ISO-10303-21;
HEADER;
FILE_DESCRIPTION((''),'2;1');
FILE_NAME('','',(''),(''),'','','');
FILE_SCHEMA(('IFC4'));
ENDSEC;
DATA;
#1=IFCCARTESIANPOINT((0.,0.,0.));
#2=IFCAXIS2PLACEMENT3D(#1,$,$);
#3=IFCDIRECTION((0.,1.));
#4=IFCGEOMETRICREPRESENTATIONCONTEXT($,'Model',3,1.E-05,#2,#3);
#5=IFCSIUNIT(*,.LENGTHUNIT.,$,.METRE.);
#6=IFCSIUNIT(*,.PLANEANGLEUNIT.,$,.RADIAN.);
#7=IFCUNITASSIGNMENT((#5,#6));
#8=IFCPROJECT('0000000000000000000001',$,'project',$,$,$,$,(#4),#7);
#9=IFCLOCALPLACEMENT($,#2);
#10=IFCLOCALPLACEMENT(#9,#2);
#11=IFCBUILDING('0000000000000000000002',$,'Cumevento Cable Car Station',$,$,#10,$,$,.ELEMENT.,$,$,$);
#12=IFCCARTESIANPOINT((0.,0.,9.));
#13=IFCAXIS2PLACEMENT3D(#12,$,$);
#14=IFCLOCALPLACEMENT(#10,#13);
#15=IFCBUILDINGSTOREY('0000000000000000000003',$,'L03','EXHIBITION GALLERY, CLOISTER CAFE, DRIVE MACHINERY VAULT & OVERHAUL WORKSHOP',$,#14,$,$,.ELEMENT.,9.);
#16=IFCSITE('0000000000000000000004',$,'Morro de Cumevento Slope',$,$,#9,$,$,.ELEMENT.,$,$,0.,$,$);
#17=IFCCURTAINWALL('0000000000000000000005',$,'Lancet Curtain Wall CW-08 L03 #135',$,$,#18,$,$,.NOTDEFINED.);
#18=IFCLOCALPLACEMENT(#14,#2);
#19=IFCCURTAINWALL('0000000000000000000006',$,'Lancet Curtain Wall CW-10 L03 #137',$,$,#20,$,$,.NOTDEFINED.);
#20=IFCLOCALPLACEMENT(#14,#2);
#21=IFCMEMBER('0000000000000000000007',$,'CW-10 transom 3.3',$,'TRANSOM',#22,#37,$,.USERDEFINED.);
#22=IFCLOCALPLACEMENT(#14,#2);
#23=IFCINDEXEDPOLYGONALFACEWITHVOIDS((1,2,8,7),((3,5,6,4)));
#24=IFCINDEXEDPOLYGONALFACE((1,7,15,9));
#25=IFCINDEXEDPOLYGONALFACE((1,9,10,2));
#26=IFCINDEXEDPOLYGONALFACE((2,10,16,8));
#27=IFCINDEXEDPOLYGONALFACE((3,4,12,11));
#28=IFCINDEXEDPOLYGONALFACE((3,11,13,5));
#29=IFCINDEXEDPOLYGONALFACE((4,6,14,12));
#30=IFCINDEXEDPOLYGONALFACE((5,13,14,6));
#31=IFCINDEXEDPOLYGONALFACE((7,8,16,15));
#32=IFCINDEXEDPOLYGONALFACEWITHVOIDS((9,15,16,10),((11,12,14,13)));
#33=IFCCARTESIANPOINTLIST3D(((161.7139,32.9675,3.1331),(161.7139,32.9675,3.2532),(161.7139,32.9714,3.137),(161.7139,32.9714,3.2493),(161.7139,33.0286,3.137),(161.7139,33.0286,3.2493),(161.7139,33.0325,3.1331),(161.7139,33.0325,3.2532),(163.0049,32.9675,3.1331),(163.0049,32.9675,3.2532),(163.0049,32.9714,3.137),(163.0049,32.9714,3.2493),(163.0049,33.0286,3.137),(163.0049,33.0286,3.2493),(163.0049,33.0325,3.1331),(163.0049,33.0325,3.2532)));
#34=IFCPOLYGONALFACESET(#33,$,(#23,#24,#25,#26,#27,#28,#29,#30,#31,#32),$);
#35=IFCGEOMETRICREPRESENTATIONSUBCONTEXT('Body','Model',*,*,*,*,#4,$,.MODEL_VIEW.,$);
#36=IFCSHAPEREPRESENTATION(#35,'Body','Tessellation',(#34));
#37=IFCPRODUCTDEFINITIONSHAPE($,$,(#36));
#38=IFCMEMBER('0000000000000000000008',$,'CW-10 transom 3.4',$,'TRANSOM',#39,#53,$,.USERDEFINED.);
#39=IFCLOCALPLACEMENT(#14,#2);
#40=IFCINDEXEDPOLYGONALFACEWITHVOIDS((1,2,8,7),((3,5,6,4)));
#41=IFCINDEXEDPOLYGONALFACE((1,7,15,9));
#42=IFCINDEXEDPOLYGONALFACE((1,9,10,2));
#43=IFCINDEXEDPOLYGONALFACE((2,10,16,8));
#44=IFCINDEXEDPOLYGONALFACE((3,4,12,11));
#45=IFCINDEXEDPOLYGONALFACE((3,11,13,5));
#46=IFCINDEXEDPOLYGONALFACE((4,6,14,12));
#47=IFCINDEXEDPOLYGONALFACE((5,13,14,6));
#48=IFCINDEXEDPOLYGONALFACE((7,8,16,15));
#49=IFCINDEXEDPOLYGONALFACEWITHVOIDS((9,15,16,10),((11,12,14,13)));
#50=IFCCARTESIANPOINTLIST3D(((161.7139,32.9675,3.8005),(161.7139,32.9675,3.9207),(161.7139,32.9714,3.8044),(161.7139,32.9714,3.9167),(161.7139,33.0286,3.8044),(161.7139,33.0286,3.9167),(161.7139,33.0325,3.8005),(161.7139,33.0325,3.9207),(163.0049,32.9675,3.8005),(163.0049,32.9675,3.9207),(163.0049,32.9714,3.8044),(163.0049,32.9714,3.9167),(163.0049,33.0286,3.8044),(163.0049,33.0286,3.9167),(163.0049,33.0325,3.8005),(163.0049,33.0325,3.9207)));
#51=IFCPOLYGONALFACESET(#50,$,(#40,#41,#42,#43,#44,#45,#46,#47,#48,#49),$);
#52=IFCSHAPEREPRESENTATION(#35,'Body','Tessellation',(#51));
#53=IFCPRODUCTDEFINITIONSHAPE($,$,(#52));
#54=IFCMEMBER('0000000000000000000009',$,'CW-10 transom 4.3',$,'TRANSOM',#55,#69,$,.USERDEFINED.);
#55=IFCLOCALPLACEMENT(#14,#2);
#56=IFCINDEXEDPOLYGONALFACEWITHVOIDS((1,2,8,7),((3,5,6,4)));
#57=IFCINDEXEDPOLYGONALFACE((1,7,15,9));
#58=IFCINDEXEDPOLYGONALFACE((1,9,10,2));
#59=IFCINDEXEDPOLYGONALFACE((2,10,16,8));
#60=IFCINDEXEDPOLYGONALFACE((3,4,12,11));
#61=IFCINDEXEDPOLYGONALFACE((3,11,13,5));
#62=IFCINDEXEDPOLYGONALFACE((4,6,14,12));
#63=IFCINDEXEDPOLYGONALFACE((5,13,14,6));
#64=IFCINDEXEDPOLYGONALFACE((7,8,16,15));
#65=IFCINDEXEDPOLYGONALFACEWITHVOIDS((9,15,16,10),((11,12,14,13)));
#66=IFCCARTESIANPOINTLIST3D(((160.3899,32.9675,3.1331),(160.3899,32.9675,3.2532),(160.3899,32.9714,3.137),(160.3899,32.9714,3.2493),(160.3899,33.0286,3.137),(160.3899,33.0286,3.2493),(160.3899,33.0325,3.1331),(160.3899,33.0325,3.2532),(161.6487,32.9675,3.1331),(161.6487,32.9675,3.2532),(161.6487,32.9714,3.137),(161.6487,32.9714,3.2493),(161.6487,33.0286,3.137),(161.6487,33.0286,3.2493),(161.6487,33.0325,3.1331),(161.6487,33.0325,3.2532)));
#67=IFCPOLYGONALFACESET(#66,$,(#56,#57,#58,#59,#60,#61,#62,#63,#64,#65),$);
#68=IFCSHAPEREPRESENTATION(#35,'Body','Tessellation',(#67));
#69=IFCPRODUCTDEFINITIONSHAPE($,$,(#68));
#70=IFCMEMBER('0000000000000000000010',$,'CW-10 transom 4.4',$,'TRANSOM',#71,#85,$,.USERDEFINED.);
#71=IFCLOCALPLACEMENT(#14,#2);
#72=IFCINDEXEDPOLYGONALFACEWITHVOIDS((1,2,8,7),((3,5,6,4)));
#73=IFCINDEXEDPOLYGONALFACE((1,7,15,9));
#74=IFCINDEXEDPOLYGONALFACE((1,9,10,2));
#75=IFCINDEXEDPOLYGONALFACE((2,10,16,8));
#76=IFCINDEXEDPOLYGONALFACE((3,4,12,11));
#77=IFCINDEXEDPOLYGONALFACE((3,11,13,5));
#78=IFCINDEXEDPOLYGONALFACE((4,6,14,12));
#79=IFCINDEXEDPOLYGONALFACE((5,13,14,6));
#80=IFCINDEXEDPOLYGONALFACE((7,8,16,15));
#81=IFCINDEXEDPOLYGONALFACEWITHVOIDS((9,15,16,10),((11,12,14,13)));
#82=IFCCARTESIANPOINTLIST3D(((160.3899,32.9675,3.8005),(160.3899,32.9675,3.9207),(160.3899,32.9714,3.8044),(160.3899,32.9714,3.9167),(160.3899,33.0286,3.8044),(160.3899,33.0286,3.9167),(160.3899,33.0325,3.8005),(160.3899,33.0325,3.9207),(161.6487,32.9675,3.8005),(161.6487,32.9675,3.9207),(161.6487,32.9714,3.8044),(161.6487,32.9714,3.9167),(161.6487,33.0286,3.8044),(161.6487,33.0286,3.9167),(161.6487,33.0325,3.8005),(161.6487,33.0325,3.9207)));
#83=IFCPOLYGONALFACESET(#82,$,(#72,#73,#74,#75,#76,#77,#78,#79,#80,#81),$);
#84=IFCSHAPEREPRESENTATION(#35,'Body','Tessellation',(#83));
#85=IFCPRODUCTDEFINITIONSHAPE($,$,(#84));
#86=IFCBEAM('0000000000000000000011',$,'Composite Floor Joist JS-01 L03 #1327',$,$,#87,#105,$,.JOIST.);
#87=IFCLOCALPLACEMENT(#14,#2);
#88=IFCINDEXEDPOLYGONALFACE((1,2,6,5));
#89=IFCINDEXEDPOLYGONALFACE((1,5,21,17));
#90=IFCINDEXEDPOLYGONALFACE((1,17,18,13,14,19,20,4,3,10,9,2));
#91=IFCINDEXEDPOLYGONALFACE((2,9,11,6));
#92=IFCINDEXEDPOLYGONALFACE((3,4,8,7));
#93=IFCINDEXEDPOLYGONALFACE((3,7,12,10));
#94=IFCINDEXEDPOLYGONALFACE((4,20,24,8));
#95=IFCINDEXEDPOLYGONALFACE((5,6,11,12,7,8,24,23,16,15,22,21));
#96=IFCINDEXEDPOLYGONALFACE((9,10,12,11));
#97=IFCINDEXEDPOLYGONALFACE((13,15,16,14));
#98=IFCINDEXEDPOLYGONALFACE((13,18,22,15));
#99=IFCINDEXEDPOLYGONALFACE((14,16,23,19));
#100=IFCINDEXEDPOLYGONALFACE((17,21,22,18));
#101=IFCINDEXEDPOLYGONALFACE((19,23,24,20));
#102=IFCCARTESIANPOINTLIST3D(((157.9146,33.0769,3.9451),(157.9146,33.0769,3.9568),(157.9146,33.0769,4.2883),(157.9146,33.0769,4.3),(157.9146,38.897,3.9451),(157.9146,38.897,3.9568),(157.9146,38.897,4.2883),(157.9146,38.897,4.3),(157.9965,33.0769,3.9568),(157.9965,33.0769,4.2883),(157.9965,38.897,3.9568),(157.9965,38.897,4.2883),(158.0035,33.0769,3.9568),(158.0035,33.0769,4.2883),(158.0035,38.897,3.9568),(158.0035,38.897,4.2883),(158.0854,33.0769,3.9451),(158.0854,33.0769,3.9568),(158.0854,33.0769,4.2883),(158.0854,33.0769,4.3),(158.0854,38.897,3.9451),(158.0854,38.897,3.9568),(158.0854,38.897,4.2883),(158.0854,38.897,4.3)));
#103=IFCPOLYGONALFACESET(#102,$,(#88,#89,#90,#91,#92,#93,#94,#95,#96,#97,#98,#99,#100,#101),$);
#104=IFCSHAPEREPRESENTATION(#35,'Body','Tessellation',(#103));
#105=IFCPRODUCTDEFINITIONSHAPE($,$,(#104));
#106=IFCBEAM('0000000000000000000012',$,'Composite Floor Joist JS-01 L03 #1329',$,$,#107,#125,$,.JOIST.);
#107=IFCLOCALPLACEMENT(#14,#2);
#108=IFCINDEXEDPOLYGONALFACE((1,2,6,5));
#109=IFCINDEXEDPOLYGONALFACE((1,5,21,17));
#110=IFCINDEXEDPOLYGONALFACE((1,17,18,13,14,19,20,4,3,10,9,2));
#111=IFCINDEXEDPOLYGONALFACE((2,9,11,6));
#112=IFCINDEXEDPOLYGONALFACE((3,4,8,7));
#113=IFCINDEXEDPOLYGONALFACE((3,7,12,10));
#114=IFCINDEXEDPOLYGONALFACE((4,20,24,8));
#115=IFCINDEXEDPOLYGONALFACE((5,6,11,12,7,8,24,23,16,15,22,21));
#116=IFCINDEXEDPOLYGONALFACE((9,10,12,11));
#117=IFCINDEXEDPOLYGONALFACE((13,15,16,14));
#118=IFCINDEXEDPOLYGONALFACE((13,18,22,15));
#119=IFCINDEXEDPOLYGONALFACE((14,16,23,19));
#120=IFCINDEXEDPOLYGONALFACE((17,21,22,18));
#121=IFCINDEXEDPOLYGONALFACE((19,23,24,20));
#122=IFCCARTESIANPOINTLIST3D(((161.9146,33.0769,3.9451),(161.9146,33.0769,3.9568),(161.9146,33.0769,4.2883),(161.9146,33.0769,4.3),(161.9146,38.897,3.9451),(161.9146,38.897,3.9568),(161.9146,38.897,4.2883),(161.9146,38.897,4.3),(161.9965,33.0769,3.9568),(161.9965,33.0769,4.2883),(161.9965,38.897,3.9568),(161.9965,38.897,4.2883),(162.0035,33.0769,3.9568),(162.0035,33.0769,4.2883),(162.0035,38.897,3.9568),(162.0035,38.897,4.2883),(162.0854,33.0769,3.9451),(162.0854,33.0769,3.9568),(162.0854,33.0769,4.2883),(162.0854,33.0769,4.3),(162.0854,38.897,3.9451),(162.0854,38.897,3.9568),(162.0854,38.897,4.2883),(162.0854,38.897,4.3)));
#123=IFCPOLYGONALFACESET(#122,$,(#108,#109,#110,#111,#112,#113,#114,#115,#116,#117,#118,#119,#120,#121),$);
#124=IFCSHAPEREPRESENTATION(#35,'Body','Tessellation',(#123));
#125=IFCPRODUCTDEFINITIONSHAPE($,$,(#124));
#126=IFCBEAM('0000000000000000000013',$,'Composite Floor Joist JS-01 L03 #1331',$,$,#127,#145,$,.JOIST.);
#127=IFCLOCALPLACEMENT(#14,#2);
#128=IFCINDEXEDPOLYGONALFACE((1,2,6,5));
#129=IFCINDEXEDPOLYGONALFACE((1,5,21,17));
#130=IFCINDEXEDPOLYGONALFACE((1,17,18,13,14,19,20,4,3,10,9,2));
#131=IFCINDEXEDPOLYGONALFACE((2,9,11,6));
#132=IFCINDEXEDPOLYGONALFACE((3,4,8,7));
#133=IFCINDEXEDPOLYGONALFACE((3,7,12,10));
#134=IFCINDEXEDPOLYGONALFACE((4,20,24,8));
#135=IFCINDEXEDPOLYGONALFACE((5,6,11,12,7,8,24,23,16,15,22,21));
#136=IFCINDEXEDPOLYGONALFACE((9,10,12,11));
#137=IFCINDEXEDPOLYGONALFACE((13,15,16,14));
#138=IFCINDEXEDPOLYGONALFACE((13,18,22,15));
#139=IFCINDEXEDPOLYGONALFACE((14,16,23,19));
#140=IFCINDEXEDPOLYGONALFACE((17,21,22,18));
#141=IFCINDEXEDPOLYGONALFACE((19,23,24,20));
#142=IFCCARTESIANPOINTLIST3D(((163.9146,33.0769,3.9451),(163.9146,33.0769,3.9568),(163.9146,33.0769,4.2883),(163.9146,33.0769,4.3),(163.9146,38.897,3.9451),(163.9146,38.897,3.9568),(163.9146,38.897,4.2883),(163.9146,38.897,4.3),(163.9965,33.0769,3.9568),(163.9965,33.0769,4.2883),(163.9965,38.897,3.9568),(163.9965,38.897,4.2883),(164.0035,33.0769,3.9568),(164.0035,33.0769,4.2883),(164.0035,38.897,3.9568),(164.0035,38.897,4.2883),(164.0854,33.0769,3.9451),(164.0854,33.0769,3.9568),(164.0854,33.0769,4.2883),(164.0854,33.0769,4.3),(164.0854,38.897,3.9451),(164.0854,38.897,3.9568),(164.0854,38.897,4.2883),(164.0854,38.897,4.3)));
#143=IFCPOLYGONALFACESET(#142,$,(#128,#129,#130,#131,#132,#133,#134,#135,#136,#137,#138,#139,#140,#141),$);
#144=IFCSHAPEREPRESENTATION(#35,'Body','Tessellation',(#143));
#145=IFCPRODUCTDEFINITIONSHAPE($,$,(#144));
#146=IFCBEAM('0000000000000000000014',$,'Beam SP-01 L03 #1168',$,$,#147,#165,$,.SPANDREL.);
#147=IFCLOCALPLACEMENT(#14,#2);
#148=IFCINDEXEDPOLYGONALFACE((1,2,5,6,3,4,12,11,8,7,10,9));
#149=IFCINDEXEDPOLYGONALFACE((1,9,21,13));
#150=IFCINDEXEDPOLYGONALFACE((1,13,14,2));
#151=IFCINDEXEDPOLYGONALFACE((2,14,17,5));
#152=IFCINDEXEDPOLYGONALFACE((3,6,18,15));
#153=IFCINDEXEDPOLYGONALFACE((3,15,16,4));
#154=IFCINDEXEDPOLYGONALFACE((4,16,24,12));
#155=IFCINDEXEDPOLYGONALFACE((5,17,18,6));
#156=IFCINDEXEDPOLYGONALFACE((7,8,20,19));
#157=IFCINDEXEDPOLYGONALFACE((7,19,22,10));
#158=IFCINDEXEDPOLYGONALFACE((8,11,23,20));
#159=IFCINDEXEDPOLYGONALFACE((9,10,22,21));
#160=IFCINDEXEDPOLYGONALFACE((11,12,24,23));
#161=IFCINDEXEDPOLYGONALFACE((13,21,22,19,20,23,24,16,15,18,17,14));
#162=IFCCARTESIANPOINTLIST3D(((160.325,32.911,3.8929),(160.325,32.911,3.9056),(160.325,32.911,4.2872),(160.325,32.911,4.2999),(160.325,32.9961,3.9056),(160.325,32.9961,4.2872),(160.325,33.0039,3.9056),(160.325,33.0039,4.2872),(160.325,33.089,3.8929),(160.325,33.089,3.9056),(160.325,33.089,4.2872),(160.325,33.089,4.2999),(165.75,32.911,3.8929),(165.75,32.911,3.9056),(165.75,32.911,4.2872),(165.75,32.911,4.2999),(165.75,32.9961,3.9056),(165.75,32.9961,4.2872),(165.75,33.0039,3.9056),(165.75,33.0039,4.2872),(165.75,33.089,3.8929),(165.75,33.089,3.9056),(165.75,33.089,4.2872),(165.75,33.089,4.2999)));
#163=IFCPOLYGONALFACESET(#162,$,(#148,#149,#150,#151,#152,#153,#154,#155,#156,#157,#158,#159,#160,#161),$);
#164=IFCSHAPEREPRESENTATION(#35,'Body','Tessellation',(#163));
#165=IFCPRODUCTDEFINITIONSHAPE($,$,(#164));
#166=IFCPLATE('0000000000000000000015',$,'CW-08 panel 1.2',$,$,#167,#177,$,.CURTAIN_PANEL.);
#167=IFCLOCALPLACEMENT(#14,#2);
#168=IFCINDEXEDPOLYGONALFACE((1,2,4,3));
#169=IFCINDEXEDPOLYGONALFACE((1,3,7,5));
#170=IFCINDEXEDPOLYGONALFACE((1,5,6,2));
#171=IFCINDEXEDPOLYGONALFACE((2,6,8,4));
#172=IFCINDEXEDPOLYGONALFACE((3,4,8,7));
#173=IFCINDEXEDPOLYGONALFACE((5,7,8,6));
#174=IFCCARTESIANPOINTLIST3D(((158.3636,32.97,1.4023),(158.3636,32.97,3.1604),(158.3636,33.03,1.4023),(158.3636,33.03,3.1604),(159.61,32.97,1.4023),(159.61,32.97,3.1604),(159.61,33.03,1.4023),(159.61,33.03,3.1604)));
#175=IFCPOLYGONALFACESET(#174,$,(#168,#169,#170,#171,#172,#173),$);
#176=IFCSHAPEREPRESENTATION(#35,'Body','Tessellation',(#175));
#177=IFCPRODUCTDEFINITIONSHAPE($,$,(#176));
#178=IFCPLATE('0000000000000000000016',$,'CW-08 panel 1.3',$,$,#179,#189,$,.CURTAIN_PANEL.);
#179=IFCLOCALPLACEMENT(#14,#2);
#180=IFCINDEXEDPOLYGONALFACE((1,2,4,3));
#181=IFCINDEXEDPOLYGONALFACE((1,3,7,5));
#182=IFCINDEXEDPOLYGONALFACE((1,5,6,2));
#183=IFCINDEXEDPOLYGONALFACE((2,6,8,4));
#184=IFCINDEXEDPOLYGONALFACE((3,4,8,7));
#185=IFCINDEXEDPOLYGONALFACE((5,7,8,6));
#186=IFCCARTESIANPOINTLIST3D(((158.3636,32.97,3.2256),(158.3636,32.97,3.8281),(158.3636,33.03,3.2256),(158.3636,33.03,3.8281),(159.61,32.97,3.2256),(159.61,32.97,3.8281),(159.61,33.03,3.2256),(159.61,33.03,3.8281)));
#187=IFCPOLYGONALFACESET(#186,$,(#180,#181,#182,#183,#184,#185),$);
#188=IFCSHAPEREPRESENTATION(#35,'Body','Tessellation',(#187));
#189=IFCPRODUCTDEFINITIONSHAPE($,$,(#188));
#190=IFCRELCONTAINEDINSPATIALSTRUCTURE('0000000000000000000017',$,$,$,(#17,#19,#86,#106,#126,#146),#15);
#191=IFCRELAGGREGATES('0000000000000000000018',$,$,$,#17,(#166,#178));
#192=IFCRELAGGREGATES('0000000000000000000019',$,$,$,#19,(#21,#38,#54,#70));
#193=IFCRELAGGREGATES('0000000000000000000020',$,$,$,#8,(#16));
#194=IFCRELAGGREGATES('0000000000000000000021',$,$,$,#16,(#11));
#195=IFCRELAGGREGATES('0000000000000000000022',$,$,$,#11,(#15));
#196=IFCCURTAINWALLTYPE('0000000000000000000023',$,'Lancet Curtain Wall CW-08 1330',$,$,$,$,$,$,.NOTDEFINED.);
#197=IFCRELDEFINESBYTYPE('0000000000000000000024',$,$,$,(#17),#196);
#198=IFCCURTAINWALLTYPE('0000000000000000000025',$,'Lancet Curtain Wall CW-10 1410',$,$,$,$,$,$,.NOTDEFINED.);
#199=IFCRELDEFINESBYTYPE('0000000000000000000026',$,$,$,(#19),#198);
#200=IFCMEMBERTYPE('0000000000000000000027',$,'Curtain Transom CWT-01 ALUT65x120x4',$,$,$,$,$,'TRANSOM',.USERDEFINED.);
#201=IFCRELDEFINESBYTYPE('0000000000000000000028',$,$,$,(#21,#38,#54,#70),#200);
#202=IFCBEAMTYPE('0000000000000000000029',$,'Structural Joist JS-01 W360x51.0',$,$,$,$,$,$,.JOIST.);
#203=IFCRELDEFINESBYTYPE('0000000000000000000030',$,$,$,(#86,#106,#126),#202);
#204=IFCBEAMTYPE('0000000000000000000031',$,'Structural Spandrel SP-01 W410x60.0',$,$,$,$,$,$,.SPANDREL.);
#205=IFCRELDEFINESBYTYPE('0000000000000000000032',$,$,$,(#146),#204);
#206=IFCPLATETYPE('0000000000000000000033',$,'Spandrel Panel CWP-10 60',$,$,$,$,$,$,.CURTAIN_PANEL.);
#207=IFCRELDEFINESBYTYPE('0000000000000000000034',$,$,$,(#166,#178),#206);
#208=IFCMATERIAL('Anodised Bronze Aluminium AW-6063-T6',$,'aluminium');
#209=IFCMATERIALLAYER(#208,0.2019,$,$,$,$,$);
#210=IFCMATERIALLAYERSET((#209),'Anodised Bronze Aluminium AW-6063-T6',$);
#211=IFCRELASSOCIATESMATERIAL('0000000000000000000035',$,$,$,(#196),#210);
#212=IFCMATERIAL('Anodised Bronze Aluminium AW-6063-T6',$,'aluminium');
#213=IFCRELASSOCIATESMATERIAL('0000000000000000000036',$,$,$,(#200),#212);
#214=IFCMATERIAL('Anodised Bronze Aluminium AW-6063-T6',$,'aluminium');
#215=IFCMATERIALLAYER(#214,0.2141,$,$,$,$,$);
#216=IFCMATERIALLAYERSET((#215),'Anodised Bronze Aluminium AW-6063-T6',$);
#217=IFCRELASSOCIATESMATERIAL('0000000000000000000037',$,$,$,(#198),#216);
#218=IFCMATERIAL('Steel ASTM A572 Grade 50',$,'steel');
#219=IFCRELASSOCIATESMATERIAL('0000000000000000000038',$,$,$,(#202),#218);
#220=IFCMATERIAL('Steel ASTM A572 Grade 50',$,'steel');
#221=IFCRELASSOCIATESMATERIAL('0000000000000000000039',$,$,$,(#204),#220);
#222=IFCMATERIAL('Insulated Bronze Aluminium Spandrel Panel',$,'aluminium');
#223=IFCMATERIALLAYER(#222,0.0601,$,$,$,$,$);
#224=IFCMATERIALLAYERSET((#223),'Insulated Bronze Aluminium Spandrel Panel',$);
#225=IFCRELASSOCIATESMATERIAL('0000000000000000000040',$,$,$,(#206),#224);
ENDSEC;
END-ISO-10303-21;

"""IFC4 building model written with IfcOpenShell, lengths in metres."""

from ifc_helpers import new_model, si_unit, direction, frame, origin, origin_2d, place, context, subcontext, project, spatial, rectangle, hollow_rectangle, i_section, extrude, material, layer, layer_set, material_profile, profile_set, type_object, element, aggregate, save


model = new_model("IFC4")

# Units and contexts
model_context = context("Model", 3, precision=1e-05, world=origin(), true_north=direction((0.0, 1.0)))
body_context = subcontext(model_context, "Body", "Model", "MODEL_VIEW")
ifc_project = project(units=[si_unit("LENGTHUNIT", "METRE"), si_unit("PLANEANGLEUNIT", "RADIAN")], contexts=[model_context])

# Site, building, storey
site_placement = place(None, origin())
site = spatial("IfcSite", under=ifc_project, at=site_placement, Name="Morro de Cumevento Slope", CompositionType="ELEMENT", RefElevation=0.0)
building_placement = place(site_placement, origin())
building = spatial("IfcBuilding", under=site, at=building_placement, Name="Cumevento Cable Car Station", CompositionType="ELEMENT")
storey_placement = place(building_placement, frame((0.0, 0.0, 9.0)))
storey = spatial("IfcBuildingStorey", under=building, at=storey_placement, Name="L03", Description="EXHIBITION GALLERY, CLOISTER CAFE, DRIVE MACHINERY VAULT & OVERHAUL WORKSHOP", CompositionType="ELEMENT", Elevation=9.0)

# Curtain walls, members
ifc_material_1 = material(Name="Anodised Bronze Aluminium AW-6063-T6", Category="aluminium")
ifc_layer_1 = layer(ifc_material_1, 0.2019)
ifc_layer_set_1 = layer_set([ifc_layer_1], Name="Anodised Bronze Aluminium AW-6063-T6")
curtain_wall_type_1 = type_object("IfcCurtainWallType", Name="Lancet Curtain Wall CW-08 1330", PredefinedType="NOTDEFINED", material=ifc_layer_set_1)
curtain_wall_1_placement = place(storey_placement, origin())
curtain_wall_1 = element("IfcCurtainWall", 1, at=curtain_wall_1_placement, inside=storey, type_object=curtain_wall_type_1, Name="Lancet Curtain Wall CW-08 L03 #135", PredefinedType="NOTDEFINED")
ifc_material_2 = material(Name="Anodised Bronze Aluminium AW-6063-T6", Category="aluminium")
ifc_material_profile_1 = material_profile(ifc_material_2, hollow_rectangle(XDim=0.0649, YDim=0.1201, WallThickness=0.0039, at=origin_2d()), Name="ALUT65x120x4")
ifc_profile_set_1 = profile_set([ifc_material_profile_1], Name="Anodised Bronze Aluminium AW-6063-T6")
member_type = type_object("IfcMemberType", Name="Curtain Transom CWT-01 ALUT65x120x4", ElementType="TRANSOM", PredefinedType="USERDEFINED", material=ifc_profile_set_1)
ifc_material_3 = material(Name="Anodised Bronze Aluminium AW-6063-T6", Category="aluminium")
ifc_layer_2 = layer(ifc_material_3, 0.2141)
ifc_layer_set_2 = layer_set([ifc_layer_2], Name="Anodised Bronze Aluminium AW-6063-T6")
curtain_wall_type_2 = type_object("IfcCurtainWallType", Name="Lancet Curtain Wall CW-10 1410", PredefinedType="NOTDEFINED", material=ifc_layer_set_2)
curtain_wall_2_placement = place(storey_placement, origin())
curtain_wall_2 = element("IfcCurtainWall", 2, at=curtain_wall_2_placement, inside=storey, type_object=curtain_wall_type_2, Name="Lancet Curtain Wall CW-10 L03 #137", PredefinedType="NOTDEFINED")
member_1_placement = place(storey_placement, frame((163.0049, 33.0, 3.1931), z_axis=(-1.0, 0.0, 0.0), x_axis=(0.0, -1.0, 0.0)))
member_1 = element("IfcMember", 3, at=member_1_placement, type_object=member_type, Name="CW-10 transom 3.3", ObjectType="TRANSOM", PredefinedType="USERDEFINED", context=body_context, shape_type="SweptSolid", body=[
    extrude(hollow_rectangle(XDim=0.0649, YDim=0.1201, WallThickness=0.0039, at=origin_2d()), origin(), (0.0, 0.0, 1.0), 1.291),
])
member_2_placement = place(storey_placement, frame((163.0049, 33.0, 3.8606), z_axis=(-1.0, 0.0, 0.0), x_axis=(0.0, -1.0, 0.0)))
member_2 = element("IfcMember", 4, at=member_2_placement, type_object=member_type, Name="CW-10 transom 3.4", ObjectType="TRANSOM", PredefinedType="USERDEFINED", context=body_context, shape_type="SweptSolid", body=[
    extrude(hollow_rectangle(XDim=0.0649, YDim=0.1201, WallThickness=0.0039, at=origin_2d()), origin(), (0.0, 0.0, 1.0), 1.291),
])
member_3_placement = place(storey_placement, frame((161.6487, 33.0, 3.1931), z_axis=(-1.0, 0.0, 0.0), x_axis=(0.0, -1.0, 0.0)))
member_3 = element("IfcMember", 5, at=member_3_placement, type_object=member_type, Name="CW-10 transom 4.3", ObjectType="TRANSOM", PredefinedType="USERDEFINED", context=body_context, shape_type="SweptSolid", body=[
    extrude(hollow_rectangle(XDim=0.0649, YDim=0.1201, WallThickness=0.0039, at=origin_2d()), origin(), (0.0, 0.0, 1.0), 1.2588),
])
member_4_placement = place(storey_placement, frame((161.6487, 33.0, 3.8606), z_axis=(-1.0, 0.0, 0.0), x_axis=(0.0, -1.0, 0.0)))
member_4 = element("IfcMember", 6, at=member_4_placement, type_object=member_type, Name="CW-10 transom 4.4", ObjectType="TRANSOM", PredefinedType="USERDEFINED", context=body_context, shape_type="SweptSolid", body=[
    extrude(hollow_rectangle(XDim=0.0649, YDim=0.1201, WallThickness=0.0039, at=origin_2d()), origin(), (0.0, 0.0, 1.0), 1.2588),
])

# Beams
ifc_material_4 = material(Name="Steel ASTM A572 Grade 50", Category="steel")
ifc_material_profile_2 = material_profile(ifc_material_4, i_section(OverallWidth=0.1709, OverallDepth=0.355, WebThickness=0.0071, FlangeThickness=0.0117, at=origin_2d()), Name="W360x51.0")
ifc_profile_set_2 = profile_set([ifc_material_profile_2], Name="Steel ASTM A572 Grade 50")
beam_type_1 = type_object("IfcBeamType", Name="Structural Joist JS-01 W360x51.0", PredefinedType="JOIST", material=ifc_profile_set_2)
for number, where, z_axis, x_axis, name in (
    (7, (158.0, 33.0769, 4.1226), (0.0, 1.0, 0.0), (-1.0, 0.0, 0.0), "Composite Floor Joist JS-01 L03 #1327"),
    (8, (162.0, 33.0769, 4.1226), (0.0, 1.0, 0.0), (-1.0, 0.0, 0.0), "Composite Floor Joist JS-01 L03 #1329"),
    (9, (164.0, 33.0769, 4.1226), (0.0, 1.0, 0.0), (-1.0, 0.0, 0.0), "Composite Floor Joist JS-01 L03 #1331"),
):
    element("IfcBeam", number, at=place(storey_placement, frame(where, z_axis=z_axis, x_axis=x_axis)), inside=storey, type_object=beam_type_1, Name=name, PredefinedType="JOIST", context=body_context, shape_type="SweptSolid", body=[
        extrude(i_section(OverallWidth=0.1709, OverallDepth=0.355, WebThickness=0.0071, FlangeThickness=0.0117, at=origin_2d()), origin(), (0.0, 0.0, 1.0), 5.8201),
    ])
ifc_material_5 = material(Name="Steel ASTM A572 Grade 50", Category="steel")
ifc_material_profile_3 = material_profile(ifc_material_5, i_section(OverallWidth=0.178, OverallDepth=0.407, WebThickness=0.0078, FlangeThickness=0.0127, at=origin_2d()), Name="W410x60.0")
ifc_profile_set_3 = profile_set([ifc_material_profile_3], Name="Steel ASTM A572 Grade 50")
beam_type_2 = type_object("IfcBeamType", Name="Structural Spandrel SP-01 W410x60.0", PredefinedType="SPANDREL", material=ifc_profile_set_3)
beam_placement = place(storey_placement, frame((160.325, 33.0, 4.0964), z_axis=(1.0, 0.0, 0.0), x_axis=(0.0, 1.0, 0.0)))
element("IfcBeam", 10, at=beam_placement, inside=storey, type_object=beam_type_2, Name="Beam SP-01 L03 #1168", PredefinedType="SPANDREL", context=body_context, shape_type="SweptSolid", body=[
    extrude(i_section(OverallWidth=0.178, OverallDepth=0.407, WebThickness=0.0078, FlangeThickness=0.0127, at=origin_2d()), origin(), (0.0, 0.0, 1.0), 5.425),
])

# Plates
ifc_material_6 = material(Name="Insulated Bronze Aluminium Spandrel Panel", Category="aluminium")
ifc_layer_3 = layer(ifc_material_6, 0.0601)
ifc_layer_set_3 = layer_set([ifc_layer_3], Name="Insulated Bronze Aluminium Spandrel Panel")
plate_type_1 = type_object("IfcPlateType", Name="Spandrel Panel CWP-10 60", PredefinedType="CURTAIN_PANEL", material=ifc_layer_set_3)
plate_1_placement = place(storey_placement, frame((158.9868, 33.0, 1.4023), z_axis=(0.0, 0.0, 1.0), x_axis=(-1.0, 0.0, 0.0)))
plate_1 = element("IfcPlate", 11, at=plate_1_placement, type_object=plate_type_1, Name="CW-08 panel 1.2", PredefinedType="CURTAIN_PANEL", context=body_context, shape_type="SweptSolid", body=[
    extrude(rectangle(XDim=1.2463, YDim=0.0601, at=origin_2d()), origin(), (0.0, 0.0, 1.0), 1.7581),
])
plate_2_placement = place(storey_placement, frame((158.9868, 33.0, 3.2256), z_axis=(0.0, 0.0, 1.0), x_axis=(-1.0, 0.0, 0.0)))
plate_2 = element("IfcPlate", 12, at=plate_2_placement, type_object=plate_type_1, Name="CW-08 panel 1.3", PredefinedType="CURTAIN_PANEL", context=body_context, shape_type="SweptSolid", body=[
    extrude(rectangle(XDim=1.2463, YDim=0.0601, at=origin_2d()), origin(), (0.0, 0.0, 1.0), 0.6025),
])
aggregate(curtain_wall_1, [plate_1, plate_2])
aggregate(curtain_wall_2, [member_1, member_2, member_3, member_4])

save(model, "model.ifc")
